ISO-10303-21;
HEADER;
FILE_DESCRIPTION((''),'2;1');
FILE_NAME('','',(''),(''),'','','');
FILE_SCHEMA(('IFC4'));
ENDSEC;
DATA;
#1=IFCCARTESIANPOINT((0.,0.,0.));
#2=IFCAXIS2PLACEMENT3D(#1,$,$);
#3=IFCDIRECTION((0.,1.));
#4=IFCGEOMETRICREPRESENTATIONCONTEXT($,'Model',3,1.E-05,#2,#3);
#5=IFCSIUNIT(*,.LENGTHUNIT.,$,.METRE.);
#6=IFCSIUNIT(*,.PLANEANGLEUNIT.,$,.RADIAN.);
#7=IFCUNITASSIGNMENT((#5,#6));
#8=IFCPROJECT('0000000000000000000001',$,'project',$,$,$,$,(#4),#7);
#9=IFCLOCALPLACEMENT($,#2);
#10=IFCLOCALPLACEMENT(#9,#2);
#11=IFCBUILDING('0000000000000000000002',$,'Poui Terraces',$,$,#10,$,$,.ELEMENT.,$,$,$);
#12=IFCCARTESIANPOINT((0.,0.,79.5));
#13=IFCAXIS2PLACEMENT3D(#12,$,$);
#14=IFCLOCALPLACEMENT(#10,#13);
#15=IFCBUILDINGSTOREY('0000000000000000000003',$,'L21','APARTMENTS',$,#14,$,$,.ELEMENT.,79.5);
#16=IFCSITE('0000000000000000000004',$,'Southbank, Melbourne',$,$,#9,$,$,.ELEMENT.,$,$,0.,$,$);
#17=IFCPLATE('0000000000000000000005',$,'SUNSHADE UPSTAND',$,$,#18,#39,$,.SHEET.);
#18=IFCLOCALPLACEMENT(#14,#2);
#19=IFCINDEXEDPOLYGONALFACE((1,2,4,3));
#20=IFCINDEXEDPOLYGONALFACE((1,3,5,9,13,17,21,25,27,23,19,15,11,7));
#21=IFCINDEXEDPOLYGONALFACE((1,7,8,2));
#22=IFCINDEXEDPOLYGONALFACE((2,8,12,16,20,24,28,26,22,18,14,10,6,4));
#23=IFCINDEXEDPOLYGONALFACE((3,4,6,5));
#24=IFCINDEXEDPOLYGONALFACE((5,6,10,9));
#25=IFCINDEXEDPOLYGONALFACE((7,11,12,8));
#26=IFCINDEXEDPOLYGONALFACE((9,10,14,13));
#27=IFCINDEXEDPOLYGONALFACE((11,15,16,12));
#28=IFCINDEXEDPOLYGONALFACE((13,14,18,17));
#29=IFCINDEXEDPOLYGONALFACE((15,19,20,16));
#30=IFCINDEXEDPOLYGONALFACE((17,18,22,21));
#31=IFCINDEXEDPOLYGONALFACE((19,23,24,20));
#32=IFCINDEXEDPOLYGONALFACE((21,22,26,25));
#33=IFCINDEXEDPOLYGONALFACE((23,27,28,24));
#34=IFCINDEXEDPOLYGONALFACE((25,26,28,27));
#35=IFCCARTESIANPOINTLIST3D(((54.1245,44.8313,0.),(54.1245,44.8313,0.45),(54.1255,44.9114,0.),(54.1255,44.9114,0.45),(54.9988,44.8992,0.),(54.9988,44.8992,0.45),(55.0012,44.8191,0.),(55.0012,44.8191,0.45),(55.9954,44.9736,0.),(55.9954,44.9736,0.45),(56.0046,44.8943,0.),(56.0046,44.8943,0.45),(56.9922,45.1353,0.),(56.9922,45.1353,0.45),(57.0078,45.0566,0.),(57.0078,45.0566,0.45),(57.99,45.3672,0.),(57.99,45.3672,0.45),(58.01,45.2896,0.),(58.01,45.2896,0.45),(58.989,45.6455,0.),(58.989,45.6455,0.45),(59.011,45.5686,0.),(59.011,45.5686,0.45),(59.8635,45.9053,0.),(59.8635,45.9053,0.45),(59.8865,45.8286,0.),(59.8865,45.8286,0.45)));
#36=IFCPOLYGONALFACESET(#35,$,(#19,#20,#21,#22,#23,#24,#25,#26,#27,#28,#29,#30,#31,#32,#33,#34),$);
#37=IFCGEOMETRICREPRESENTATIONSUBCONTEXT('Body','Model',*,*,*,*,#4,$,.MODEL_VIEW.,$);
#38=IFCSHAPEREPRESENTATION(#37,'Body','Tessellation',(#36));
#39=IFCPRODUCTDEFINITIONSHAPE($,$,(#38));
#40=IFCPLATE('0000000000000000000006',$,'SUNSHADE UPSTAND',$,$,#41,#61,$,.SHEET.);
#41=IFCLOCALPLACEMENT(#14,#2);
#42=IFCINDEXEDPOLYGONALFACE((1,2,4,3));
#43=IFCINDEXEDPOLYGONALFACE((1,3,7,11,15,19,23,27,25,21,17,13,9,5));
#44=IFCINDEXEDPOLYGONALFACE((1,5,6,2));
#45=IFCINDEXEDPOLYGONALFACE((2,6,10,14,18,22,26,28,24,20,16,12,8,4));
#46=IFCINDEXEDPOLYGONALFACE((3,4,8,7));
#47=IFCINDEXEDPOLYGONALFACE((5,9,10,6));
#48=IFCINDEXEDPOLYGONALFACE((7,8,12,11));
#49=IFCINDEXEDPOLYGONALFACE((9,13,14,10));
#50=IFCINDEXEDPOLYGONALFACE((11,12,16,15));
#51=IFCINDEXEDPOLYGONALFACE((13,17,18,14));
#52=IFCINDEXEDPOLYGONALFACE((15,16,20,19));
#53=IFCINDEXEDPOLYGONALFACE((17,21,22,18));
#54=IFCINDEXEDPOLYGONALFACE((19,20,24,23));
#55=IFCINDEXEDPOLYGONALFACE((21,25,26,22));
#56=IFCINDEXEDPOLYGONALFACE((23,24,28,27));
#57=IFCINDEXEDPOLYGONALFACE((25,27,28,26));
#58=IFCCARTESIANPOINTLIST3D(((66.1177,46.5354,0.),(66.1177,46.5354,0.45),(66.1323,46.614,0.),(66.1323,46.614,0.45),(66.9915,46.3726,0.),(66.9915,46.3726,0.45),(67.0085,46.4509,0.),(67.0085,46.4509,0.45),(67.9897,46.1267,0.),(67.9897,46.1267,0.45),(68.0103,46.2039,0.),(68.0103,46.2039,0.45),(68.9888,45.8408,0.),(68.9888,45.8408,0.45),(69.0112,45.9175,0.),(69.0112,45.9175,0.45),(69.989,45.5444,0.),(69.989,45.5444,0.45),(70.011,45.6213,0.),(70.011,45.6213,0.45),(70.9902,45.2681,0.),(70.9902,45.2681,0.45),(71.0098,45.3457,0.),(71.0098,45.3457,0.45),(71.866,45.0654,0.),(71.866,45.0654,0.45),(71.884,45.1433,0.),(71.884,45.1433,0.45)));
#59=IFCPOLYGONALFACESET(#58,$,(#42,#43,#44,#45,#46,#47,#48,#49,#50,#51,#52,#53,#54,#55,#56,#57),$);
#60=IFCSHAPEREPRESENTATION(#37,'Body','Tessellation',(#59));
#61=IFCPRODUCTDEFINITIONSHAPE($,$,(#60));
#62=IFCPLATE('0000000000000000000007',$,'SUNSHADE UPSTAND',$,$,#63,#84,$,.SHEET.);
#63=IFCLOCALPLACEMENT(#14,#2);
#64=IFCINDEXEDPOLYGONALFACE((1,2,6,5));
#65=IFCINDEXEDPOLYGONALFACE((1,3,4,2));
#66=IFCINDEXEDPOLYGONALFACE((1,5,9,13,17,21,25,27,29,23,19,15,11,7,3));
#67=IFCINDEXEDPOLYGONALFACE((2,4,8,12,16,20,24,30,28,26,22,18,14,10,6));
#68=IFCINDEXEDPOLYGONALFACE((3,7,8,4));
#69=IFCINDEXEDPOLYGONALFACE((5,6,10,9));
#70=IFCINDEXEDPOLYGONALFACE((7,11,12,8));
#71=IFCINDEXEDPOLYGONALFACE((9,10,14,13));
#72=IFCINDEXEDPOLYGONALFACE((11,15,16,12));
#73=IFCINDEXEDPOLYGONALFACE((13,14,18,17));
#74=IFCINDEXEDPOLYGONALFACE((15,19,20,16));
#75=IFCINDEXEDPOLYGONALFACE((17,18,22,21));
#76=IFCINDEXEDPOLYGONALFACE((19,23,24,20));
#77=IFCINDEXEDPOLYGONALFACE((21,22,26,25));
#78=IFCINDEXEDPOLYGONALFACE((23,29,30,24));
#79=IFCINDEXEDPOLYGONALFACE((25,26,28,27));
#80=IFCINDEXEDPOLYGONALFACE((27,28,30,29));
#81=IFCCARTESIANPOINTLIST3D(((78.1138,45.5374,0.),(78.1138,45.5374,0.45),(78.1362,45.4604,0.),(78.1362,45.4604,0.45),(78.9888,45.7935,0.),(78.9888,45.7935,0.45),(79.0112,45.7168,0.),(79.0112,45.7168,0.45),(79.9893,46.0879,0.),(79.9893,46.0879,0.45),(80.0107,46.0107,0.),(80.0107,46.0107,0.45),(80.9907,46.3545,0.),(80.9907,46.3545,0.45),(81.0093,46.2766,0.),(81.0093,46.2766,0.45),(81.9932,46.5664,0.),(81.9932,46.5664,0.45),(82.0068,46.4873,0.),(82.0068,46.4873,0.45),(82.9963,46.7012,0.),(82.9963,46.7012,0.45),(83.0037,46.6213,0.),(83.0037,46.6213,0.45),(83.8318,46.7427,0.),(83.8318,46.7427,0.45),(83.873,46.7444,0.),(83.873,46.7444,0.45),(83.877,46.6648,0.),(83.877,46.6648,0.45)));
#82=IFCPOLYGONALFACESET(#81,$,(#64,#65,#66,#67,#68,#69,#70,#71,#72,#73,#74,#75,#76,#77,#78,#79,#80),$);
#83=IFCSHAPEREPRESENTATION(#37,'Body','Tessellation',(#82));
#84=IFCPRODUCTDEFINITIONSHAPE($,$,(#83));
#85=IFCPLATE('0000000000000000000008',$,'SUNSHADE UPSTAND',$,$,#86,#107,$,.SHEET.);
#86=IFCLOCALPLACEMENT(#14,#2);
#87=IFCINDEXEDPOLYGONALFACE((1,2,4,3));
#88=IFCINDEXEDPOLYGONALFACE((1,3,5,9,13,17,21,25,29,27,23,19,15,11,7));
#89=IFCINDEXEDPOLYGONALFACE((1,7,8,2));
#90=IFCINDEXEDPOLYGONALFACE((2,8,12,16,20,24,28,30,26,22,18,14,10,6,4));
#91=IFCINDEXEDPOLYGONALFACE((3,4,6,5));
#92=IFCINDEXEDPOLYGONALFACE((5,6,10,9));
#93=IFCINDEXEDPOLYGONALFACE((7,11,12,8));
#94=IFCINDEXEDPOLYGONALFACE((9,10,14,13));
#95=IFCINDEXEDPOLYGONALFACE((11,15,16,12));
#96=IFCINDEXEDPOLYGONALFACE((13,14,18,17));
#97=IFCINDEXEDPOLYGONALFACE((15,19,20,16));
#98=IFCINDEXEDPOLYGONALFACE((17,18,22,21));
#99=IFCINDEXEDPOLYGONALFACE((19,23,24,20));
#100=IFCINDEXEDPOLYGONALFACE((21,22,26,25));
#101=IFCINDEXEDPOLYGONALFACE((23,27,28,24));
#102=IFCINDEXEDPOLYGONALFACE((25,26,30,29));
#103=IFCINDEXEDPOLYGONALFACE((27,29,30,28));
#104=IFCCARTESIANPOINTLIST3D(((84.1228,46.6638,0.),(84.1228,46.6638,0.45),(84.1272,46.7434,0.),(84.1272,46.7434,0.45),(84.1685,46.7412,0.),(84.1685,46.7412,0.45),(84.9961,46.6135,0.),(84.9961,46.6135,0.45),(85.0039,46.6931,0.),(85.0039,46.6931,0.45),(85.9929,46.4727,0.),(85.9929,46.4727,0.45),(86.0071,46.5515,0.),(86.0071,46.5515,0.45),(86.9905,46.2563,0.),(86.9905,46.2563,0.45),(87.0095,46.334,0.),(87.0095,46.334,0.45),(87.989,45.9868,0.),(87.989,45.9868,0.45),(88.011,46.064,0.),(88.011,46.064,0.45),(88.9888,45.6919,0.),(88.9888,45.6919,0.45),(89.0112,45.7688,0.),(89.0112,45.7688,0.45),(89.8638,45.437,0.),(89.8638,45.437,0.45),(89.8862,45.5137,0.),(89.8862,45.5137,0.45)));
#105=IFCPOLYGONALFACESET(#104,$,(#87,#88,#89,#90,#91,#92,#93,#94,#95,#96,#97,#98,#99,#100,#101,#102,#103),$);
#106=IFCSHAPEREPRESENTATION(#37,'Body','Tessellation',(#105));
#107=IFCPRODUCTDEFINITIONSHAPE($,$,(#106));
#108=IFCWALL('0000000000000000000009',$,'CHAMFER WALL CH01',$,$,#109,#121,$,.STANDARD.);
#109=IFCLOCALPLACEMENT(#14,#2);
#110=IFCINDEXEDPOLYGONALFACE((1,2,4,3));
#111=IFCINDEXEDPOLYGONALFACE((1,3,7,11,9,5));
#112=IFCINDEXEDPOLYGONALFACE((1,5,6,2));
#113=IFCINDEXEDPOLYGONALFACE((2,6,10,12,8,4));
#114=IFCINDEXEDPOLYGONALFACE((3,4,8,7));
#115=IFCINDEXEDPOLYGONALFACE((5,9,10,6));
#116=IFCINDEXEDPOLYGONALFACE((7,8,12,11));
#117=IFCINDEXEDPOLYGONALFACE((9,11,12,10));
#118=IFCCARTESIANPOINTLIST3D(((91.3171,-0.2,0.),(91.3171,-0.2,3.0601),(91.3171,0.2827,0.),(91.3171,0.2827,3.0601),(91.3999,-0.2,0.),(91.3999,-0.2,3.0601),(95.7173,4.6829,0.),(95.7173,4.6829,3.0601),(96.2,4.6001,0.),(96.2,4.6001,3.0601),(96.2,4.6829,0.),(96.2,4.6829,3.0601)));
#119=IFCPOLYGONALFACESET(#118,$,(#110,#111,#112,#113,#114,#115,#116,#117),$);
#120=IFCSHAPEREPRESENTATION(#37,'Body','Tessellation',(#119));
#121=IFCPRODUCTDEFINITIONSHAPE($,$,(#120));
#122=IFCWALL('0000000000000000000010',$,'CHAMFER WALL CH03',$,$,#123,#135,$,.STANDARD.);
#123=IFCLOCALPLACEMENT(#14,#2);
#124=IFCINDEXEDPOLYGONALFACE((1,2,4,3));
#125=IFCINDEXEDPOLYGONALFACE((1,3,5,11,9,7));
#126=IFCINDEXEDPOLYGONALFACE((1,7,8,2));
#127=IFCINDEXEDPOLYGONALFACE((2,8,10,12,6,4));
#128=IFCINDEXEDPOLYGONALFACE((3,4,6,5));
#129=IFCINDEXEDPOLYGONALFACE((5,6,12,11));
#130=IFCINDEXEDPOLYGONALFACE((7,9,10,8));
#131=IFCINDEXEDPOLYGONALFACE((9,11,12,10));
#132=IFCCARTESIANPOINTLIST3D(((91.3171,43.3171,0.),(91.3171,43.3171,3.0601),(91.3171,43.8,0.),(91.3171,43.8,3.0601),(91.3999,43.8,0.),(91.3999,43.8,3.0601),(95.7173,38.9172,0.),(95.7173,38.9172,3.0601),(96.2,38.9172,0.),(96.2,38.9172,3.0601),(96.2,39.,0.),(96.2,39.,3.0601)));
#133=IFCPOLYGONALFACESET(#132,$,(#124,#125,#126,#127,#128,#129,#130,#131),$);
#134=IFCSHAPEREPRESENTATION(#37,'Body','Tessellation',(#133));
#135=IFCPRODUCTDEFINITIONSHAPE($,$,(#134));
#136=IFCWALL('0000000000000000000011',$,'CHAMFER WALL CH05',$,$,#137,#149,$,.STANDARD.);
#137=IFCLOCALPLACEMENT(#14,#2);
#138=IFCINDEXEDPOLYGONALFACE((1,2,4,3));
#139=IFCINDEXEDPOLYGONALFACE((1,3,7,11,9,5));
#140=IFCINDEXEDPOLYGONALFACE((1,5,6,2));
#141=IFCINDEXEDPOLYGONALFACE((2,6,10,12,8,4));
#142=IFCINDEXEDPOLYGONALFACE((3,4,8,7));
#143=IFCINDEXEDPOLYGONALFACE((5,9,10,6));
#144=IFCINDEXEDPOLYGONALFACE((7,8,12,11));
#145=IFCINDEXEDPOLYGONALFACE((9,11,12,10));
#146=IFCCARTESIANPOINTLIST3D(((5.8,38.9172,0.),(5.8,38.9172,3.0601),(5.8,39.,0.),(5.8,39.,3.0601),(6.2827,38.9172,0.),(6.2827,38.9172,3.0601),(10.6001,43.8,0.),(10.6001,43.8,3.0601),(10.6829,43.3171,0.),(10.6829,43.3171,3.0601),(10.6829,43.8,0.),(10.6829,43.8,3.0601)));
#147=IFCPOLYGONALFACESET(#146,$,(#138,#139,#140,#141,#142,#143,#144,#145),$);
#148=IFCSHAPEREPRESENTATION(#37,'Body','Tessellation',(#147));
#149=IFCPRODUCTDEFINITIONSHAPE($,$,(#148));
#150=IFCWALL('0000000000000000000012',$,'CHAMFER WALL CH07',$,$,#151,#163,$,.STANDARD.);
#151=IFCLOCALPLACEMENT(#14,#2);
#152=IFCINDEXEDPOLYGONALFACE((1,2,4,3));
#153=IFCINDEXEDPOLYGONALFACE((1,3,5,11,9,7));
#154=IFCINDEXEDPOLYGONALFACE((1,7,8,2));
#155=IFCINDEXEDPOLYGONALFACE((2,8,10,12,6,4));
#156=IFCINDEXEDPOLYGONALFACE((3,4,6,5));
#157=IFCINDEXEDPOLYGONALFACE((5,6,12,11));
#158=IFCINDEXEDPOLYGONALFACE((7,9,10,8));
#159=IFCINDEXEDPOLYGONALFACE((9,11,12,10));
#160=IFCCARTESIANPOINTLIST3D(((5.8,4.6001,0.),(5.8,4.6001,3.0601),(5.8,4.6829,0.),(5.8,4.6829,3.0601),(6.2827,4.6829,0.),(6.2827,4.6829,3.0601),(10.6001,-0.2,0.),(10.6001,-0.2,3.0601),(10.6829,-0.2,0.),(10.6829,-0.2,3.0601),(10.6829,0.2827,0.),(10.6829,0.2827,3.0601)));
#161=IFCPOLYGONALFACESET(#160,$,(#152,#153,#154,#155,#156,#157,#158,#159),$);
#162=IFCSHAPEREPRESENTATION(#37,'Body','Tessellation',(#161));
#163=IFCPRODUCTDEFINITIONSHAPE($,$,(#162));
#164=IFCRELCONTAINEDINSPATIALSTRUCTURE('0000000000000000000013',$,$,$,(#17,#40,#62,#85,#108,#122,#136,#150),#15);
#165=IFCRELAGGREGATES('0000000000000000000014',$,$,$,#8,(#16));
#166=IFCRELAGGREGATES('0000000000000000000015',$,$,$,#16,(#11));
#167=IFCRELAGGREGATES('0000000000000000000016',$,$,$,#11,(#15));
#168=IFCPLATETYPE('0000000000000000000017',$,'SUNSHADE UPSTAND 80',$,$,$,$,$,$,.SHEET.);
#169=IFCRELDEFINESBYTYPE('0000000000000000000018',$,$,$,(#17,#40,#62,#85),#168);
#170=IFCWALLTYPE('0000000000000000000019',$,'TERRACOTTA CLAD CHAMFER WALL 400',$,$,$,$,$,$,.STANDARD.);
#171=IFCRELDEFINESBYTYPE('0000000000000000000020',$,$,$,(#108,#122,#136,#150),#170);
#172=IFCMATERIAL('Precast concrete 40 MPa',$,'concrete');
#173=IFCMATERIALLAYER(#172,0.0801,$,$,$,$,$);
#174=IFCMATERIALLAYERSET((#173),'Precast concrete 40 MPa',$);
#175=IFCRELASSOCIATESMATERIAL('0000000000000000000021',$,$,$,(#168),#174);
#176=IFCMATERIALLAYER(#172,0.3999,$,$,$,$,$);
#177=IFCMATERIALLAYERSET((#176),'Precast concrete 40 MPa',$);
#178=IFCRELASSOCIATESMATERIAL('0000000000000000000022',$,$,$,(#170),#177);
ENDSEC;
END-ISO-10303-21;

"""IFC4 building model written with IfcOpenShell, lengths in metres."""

from ifc_helpers import new_model, si_unit, direction, frame, origin, place, context, subcontext, project, spatial, polyline, outline, extrude, material, layer, layer_set, type_object, element, save


model = new_model("IFC4")

# Units and contexts
model_context = context("Model", 3, precision=1e-05, world=origin(), true_north=direction((0.0, 1.0)))
body_context = subcontext(model_context, "Body", "Model", "MODEL_VIEW")
ifc_project = project(units=[si_unit("LENGTHUNIT", "METRE"), si_unit("PLANEANGLEUNIT", "RADIAN")], contexts=[model_context])

# Site, building, storey
site_placement = place(None, origin())
site = spatial("IfcSite", under=ifc_project, at=site_placement, Name="Southbank, Melbourne", CompositionType="ELEMENT", RefElevation=0.0)
building_placement = place(site_placement, origin())
building = spatial("IfcBuilding", under=site, at=building_placement, Name="Poui Terraces", CompositionType="ELEMENT")
storey_placement = place(building_placement, frame((0.0, 0.0, 79.5)))
storey = spatial("IfcBuildingStorey", under=building, at=storey_placement, Name="L21", Description="APARTMENTS", CompositionType="ELEMENT", Elevation=79.5)

# Shared definitions
ifc_material_1 = material(Name="Precast concrete 40 MPa", Category="concrete")

# Plates
ifc_layer_1 = layer(ifc_material_1, 0.0801)
ifc_layer_set_1 = layer_set([ifc_layer_1], Name="Precast concrete 40 MPa")
plate_type = type_object("IfcPlateType", Name="SUNSHADE UPSTAND 80", PredefinedType="SHEET", material=ifc_layer_set_1)
plate_1_placement = place(storey_placement, origin())
element("IfcPlate", 1, at=plate_1_placement, inside=storey, type_object=plate_type, Name="SUNSHADE UPSTAND", PredefinedType="SHEET", context=body_context, shape_type="SweptSolid", body=[
    extrude(outline(polyline([(54.9988, 44.8992), (54.1255, 44.9114), (54.1245, 44.8313), (55.0012, 44.8191), (56.0046, 44.8943), (57.0078, 45.0566), (58.01, 45.2896), (59.011, 45.5686), (59.8865, 45.8286), (59.8635, 45.9053), (58.989, 45.6455), (57.99, 45.3672), (56.9922, 45.1353), (55.9954, 44.9736), (54.9988, 44.8992)])), origin(), (0.0, 0.0, 1.0), 0.45),
])
plate_2_placement = place(storey_placement, origin())
element("IfcPlate", 2, at=plate_2_placement, inside=storey, type_object=plate_type, Name="SUNSHADE UPSTAND", PredefinedType="SHEET", context=body_context, shape_type="SweptSolid", body=[
    extrude(outline(polyline([(67.0085, 46.4509), (66.1323, 46.614), (66.1177, 46.5354), (66.9915, 46.3726), (67.9897, 46.1267), (68.9888, 45.8408), (69.989, 45.5444), (70.9902, 45.2681), (71.866, 45.0654), (71.884, 45.1433), (71.0098, 45.3457), (70.011, 45.6213), (69.0112, 45.9175), (68.0103, 46.2039), (67.0085, 46.4509)])), origin(), (0.0, 0.0, 1.0), 0.45),
])
plate_3_placement = place(storey_placement, origin())
element("IfcPlate", 3, at=plate_3_placement, inside=storey, type_object=plate_type, Name="SUNSHADE UPSTAND", PredefinedType="SHEET", context=body_context, shape_type="SweptSolid", body=[
    extrude(outline(polyline([(78.9888, 45.7935), (78.1138, 45.5374), (78.1362, 45.4604), (79.0112, 45.7168), (80.0107, 46.0107), (81.0093, 46.2766), (82.0068, 46.4873), (83.0037, 46.6213), (83.877, 46.6648), (83.873, 46.7444), (83.8318, 46.7427), (82.9963, 46.7012), (81.9932, 46.5664), (80.9907, 46.3545), (79.9893, 46.0879), (78.9888, 45.7935)])), origin(), (0.0, 0.0, 1.0), 0.45),
])
plate_4_placement = place(storey_placement, origin())
element("IfcPlate", 4, at=plate_4_placement, inside=storey, type_object=plate_type, Name="SUNSHADE UPSTAND", PredefinedType="SHEET", context=body_context, shape_type="SweptSolid", body=[
    extrude(outline(polyline([(85.0039, 46.6931), (84.1685, 46.7412), (84.1272, 46.7434), (84.1228, 46.6638), (84.9961, 46.6135), (85.9929, 46.4727), (86.9905, 46.2563), (87.989, 45.9868), (88.9888, 45.6919), (89.8638, 45.437), (89.8862, 45.5137), (89.0112, 45.7688), (88.011, 46.064), (87.0095, 46.334), (86.0071, 46.5515), (85.0039, 46.6931)])), origin(), (0.0, 0.0, 1.0), 0.45),
])

# Walls
ifc_layer_2 = layer(ifc_material_1, 0.3999)
ifc_layer_set_2 = layer_set([ifc_layer_2], Name="Precast concrete 40 MPa")
wall_type = type_object("IfcWallType", Name="TERRACOTTA CLAD CHAMFER WALL 400", PredefinedType="STANDARD", material=ifc_layer_set_2)
wall_1_placement = place(storey_placement, origin())
element("IfcWall", 5, at=wall_1_placement, inside=storey, type_object=wall_type, Name="CHAMFER WALL CH01", PredefinedType="STANDARD", context=body_context, shape_type="SweptSolid", body=[
    extrude(outline(polyline([(91.3171, -0.2), (91.3999, -0.2), (96.2, 4.6001), (96.2, 4.6829), (95.7173, 4.6829), (91.3171, 0.2827), (91.3171, -0.2)])), origin(), (0.0, 0.0, 1.0), 3.0601),
])
wall_2_placement = place(storey_placement, origin())
element("IfcWall", 6, at=wall_2_placement, inside=storey, type_object=wall_type, Name="CHAMFER WALL CH03", PredefinedType="STANDARD", context=body_context, shape_type="SweptSolid", body=[
    extrude(outline(polyline([(96.2, 38.9172), (96.2, 39.0), (91.3999, 43.8), (91.3171, 43.8), (91.3171, 43.3171), (95.7173, 38.9172), (96.2, 38.9172)])), origin(), (0.0, 0.0, 1.0), 3.0601),
])
wall_3_placement = place(storey_placement, origin())
element("IfcWall", 7, at=wall_3_placement, inside=storey, type_object=wall_type, Name="CHAMFER WALL CH05", PredefinedType="STANDARD", context=body_context, shape_type="SweptSolid", body=[
    extrude(outline(polyline([(10.6829, 43.8), (10.6001, 43.8), (5.8, 39.0), (5.8, 38.9172), (6.2827, 38.9172), (10.6829, 43.3171), (10.6829, 43.8)])), origin(), (0.0, 0.0, 1.0), 3.0601),
])
wall_4_placement = place(storey_placement, origin())
element("IfcWall", 8, at=wall_4_placement, inside=storey, type_object=wall_type, Name="CHAMFER WALL CH07", PredefinedType="STANDARD", context=body_context, shape_type="SweptSolid", body=[
    extrude(outline(polyline([(5.8, 4.6829), (5.8, 4.6001), (10.6001, -0.2), (10.6829, -0.2), (10.6829, 0.2827), (6.2827, 4.6829), (5.8, 4.6829)])), origin(), (0.0, 0.0, 1.0), 3.0601),
])

save(model, "model.ifc")
